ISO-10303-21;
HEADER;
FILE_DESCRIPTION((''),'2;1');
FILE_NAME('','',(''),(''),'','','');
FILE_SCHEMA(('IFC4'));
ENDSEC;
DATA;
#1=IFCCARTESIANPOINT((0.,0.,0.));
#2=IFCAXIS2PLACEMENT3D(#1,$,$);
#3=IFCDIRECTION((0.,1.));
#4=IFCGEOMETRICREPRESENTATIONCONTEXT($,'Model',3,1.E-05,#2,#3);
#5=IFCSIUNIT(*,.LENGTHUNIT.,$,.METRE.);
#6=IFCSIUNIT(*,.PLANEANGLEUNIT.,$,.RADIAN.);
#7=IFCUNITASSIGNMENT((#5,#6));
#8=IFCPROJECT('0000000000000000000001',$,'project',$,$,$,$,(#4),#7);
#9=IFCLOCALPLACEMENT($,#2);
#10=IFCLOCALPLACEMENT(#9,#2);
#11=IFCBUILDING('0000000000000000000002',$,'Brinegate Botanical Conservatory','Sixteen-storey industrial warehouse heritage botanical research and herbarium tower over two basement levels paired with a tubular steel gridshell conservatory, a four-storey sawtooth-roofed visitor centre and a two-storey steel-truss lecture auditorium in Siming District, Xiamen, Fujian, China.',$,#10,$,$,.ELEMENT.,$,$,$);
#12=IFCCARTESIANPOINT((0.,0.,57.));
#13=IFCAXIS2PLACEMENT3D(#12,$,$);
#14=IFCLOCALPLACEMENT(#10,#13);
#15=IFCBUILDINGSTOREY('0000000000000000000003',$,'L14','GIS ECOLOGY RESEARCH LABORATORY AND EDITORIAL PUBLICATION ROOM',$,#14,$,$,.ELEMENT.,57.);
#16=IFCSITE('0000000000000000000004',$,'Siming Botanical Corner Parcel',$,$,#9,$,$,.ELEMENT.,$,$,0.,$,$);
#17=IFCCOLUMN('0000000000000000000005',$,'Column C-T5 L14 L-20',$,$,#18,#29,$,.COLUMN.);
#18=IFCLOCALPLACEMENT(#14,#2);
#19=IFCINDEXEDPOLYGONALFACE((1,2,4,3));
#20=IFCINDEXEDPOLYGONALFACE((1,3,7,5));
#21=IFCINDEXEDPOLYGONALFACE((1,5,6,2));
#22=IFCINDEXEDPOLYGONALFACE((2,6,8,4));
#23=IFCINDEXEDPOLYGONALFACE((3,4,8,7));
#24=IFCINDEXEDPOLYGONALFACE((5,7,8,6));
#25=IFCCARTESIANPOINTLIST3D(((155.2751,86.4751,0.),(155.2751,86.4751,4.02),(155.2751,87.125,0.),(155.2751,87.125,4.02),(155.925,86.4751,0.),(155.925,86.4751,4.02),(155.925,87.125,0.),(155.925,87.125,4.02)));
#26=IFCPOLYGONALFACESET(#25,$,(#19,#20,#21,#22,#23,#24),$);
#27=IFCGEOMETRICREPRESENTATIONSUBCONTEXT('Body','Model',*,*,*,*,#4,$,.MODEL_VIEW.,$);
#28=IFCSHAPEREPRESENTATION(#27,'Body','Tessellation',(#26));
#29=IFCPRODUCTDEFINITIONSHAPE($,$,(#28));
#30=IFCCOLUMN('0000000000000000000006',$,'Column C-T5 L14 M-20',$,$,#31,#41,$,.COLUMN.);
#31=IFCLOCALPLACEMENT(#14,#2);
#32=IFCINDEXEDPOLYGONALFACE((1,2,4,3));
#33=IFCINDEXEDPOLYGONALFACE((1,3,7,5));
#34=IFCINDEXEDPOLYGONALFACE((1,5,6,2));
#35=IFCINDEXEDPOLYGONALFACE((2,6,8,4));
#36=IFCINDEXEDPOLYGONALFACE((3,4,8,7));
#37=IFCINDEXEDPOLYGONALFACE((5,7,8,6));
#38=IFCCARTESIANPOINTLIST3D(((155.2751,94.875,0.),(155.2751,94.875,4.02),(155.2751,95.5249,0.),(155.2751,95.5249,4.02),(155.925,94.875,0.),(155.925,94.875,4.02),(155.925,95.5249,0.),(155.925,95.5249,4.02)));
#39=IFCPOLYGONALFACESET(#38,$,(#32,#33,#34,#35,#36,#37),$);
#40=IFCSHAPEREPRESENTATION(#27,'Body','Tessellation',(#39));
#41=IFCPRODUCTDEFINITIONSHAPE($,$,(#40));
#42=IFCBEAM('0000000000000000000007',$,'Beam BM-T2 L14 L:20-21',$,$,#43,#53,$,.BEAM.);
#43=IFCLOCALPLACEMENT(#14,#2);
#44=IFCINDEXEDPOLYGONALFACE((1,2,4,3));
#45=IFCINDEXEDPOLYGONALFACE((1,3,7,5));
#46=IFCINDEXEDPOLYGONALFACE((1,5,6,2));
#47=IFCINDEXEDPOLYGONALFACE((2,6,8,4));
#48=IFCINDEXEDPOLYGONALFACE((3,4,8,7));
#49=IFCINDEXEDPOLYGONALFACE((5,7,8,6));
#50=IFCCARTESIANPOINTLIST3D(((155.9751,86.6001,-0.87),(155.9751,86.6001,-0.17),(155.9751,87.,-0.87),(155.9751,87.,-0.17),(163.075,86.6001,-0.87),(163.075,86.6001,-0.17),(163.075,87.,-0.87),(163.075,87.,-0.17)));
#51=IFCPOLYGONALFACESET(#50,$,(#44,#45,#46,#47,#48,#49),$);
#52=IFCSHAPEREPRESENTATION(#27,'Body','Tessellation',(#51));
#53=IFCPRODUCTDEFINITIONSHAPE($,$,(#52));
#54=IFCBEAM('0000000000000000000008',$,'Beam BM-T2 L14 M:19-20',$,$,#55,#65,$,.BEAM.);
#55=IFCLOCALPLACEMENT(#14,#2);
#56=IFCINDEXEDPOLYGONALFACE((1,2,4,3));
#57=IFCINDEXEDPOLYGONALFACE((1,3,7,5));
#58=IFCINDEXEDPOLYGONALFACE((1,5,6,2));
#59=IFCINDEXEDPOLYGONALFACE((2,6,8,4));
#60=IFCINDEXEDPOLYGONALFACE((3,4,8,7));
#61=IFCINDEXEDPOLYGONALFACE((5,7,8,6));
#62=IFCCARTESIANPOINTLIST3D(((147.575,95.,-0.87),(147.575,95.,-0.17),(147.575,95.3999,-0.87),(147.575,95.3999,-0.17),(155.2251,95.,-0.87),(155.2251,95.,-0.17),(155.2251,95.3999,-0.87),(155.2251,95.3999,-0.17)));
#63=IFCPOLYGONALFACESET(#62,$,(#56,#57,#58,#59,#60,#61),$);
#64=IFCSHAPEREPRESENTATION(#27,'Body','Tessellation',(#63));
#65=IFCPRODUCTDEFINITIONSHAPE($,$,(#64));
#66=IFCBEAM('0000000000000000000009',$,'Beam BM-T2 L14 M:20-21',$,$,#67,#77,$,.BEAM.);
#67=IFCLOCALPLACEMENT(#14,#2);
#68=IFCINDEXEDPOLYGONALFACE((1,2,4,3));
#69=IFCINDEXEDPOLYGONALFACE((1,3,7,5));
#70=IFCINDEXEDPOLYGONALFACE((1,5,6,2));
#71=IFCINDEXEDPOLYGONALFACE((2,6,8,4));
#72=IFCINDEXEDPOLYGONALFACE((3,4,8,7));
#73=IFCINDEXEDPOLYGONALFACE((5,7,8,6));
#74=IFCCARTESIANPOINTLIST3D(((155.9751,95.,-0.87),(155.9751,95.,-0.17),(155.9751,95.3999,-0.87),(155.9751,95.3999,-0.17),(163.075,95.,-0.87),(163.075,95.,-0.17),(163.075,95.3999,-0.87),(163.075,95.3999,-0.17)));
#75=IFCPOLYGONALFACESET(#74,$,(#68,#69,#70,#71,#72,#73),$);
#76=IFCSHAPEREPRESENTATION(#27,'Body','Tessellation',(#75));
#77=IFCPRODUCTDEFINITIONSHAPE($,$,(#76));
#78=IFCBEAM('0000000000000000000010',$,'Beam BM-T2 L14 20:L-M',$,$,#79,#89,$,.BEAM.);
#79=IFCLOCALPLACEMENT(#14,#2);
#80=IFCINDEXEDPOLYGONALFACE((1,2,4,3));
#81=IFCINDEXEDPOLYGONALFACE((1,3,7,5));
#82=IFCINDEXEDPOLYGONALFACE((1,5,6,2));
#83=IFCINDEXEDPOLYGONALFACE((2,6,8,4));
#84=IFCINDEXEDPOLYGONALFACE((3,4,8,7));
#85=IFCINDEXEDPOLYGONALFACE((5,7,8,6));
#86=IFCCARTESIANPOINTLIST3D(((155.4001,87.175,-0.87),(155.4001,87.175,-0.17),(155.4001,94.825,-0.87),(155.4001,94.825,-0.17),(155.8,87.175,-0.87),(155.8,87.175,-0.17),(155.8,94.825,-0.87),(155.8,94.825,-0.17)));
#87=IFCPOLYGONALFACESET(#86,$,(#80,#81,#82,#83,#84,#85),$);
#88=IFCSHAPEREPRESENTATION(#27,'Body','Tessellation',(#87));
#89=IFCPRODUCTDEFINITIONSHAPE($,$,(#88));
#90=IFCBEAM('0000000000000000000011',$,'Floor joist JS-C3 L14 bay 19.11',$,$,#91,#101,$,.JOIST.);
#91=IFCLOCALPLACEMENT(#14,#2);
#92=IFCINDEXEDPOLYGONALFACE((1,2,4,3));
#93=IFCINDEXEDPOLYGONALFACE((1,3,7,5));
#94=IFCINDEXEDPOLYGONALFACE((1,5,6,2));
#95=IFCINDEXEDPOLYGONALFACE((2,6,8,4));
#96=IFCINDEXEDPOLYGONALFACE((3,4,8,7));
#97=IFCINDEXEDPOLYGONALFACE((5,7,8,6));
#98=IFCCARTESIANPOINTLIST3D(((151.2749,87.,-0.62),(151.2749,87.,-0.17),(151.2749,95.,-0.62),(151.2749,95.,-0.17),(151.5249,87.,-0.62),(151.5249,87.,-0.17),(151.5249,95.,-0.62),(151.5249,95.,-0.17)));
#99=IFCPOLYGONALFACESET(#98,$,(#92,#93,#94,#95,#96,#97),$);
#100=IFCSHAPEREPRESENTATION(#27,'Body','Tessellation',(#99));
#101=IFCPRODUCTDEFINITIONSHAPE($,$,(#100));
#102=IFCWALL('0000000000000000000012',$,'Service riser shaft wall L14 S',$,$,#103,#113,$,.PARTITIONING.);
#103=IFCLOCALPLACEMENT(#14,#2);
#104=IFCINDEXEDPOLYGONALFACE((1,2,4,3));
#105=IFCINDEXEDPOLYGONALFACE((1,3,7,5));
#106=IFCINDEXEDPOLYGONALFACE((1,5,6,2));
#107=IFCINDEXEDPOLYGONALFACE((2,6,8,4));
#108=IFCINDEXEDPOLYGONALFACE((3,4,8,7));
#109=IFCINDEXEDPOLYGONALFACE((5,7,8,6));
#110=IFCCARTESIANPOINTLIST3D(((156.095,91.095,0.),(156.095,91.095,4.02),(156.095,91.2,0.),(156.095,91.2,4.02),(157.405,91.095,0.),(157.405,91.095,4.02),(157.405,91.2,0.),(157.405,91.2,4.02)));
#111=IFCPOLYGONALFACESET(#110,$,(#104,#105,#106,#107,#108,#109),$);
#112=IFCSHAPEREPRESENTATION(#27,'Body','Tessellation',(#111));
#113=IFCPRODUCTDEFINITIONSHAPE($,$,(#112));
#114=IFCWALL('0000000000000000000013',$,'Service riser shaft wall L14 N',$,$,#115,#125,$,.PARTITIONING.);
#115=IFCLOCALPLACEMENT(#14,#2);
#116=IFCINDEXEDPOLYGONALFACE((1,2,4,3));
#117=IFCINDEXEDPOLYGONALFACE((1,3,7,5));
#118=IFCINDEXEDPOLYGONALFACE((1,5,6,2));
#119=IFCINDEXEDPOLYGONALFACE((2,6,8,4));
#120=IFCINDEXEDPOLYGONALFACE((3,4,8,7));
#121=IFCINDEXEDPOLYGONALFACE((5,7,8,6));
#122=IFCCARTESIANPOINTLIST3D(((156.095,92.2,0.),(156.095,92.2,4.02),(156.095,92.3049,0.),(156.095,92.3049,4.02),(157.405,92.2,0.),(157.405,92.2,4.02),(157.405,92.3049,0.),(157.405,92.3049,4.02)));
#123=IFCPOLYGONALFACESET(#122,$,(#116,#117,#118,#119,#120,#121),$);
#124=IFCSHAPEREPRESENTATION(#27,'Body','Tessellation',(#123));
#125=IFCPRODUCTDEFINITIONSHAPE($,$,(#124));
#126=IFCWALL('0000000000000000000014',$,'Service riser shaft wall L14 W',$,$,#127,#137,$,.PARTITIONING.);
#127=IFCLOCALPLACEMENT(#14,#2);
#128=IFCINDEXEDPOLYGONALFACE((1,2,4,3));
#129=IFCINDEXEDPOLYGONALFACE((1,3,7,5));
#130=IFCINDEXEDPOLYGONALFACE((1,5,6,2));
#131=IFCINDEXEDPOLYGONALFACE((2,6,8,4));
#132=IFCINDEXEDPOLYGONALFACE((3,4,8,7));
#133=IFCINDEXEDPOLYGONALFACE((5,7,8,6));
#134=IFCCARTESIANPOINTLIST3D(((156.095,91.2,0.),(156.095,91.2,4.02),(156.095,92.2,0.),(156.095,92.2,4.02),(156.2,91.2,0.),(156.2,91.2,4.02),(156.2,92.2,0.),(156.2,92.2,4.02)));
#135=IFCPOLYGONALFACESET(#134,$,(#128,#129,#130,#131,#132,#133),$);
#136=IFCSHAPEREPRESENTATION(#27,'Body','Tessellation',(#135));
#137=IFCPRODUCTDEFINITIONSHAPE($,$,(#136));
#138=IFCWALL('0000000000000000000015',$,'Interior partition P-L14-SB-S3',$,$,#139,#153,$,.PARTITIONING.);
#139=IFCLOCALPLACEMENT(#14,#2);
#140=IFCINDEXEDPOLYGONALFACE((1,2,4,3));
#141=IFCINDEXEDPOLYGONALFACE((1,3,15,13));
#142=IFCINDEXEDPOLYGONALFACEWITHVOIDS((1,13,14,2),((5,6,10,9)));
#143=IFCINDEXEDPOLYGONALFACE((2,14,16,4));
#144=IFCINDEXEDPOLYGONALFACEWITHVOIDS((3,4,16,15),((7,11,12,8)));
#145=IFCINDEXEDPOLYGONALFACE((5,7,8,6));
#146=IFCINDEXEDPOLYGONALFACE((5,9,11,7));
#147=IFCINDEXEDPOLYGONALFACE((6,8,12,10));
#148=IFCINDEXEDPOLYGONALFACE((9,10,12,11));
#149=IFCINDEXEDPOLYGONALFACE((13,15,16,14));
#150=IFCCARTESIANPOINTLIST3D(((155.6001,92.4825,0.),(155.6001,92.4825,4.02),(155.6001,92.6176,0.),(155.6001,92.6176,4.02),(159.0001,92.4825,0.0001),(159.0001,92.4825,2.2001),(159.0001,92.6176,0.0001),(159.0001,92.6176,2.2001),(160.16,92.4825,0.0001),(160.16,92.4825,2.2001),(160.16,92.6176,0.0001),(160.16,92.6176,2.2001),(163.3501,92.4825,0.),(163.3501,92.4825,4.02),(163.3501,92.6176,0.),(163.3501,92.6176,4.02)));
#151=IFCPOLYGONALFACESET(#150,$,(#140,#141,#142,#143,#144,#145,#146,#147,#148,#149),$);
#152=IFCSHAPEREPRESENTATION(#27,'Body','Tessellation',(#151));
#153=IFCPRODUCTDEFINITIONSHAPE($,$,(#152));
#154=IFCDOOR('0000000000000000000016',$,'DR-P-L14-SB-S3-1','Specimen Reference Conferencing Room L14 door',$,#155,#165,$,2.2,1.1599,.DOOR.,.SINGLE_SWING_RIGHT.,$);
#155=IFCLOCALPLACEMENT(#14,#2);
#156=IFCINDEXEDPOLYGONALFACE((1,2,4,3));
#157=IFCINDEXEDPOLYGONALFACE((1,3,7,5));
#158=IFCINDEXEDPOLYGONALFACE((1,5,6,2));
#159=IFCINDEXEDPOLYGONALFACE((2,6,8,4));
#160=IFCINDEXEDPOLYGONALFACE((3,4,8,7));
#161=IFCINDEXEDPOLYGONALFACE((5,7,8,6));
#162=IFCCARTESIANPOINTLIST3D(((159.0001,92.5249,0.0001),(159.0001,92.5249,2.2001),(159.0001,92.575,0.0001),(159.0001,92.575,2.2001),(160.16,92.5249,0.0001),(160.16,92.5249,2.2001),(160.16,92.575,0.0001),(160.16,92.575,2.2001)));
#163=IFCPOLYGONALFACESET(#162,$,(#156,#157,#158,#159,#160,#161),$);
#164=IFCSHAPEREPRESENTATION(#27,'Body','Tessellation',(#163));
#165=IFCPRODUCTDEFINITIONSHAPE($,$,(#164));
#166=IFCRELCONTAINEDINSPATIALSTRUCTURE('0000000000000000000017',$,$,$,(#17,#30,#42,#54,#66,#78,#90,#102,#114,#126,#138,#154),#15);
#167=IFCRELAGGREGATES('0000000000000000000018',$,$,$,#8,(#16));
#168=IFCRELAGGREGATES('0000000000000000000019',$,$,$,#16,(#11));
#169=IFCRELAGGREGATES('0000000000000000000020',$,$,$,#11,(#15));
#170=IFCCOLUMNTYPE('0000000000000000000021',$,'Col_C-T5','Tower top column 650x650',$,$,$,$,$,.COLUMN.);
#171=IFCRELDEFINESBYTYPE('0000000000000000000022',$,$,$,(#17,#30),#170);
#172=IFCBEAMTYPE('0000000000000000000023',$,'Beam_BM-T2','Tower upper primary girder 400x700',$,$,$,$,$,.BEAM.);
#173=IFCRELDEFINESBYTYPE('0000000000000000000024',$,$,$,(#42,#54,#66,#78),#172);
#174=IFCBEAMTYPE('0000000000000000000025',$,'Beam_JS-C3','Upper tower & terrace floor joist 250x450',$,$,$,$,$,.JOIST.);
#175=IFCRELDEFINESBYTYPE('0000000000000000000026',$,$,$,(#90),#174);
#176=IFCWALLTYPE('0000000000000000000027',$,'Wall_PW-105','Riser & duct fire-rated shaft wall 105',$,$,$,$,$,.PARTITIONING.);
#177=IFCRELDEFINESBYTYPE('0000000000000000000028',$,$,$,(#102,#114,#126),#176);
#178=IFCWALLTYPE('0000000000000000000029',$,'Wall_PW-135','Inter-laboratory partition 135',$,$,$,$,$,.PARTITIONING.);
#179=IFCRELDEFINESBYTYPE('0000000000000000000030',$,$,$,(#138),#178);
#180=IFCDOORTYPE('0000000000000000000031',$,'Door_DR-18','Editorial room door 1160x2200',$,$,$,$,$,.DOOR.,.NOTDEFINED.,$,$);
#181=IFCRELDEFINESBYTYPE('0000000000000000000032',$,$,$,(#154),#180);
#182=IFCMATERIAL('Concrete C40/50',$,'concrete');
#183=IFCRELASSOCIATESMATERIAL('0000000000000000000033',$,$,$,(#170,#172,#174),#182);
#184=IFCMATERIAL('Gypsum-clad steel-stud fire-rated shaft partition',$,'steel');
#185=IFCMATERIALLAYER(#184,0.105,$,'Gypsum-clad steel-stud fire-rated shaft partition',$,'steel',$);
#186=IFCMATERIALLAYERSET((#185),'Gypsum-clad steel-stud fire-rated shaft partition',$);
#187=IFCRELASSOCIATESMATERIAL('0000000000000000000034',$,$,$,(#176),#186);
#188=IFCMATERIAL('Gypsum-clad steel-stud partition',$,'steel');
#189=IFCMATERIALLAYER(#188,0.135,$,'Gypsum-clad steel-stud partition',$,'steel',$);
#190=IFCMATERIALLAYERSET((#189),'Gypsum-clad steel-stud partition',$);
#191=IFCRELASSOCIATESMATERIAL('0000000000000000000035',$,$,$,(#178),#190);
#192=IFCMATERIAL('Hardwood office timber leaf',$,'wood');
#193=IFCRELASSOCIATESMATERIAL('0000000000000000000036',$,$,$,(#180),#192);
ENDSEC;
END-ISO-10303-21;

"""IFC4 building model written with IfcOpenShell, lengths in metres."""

from ifc_helpers import new_model, si_unit, direction, frame, frame_2d, origin, origin_2d, place, context, subcontext, project, spatial, rectangle, extrude, material, layer, layer_set, material_profile, profile_set, type_object, element, fill, save


model = new_model("IFC4")

# Units and contexts
model_context = context("Model", 3, precision=1e-05, world=origin(), true_north=direction((0.0, 1.0)))
body_context = subcontext(model_context, "Body", "Model", "MODEL_VIEW")
ifc_project = project(units=[si_unit("LENGTHUNIT", "METRE"), si_unit("PLANEANGLEUNIT", "RADIAN")], contexts=[model_context])

# Site, building, storey
site_placement = place(None, origin())
site = spatial("IfcSite", under=ifc_project, at=site_placement, Name="Siming Botanical Corner Parcel", CompositionType="ELEMENT", RefElevation=0.0)
building_placement = place(site_placement, origin())
building = spatial("IfcBuilding", under=site, at=building_placement, Name="Brinegate Botanical Conservatory", Description="Sixteen-storey industrial warehouse heritage botanical research and herbarium tower over two basement levels paired with a tubular steel gridshell conservatory, a four-storey sawtooth-roofed visitor centre and a two-storey steel-truss lecture auditorium in Siming District, Xiamen, Fujian, China.", CompositionType="ELEMENT")
storey_placement = place(building_placement, frame((0.0, 0.0, 57.0)))
storey = spatial("IfcBuildingStorey", under=building, at=storey_placement, Name="L14", Description="GIS ECOLOGY RESEARCH LABORATORY AND EDITORIAL PUBLICATION ROOM", CompositionType="ELEMENT", Elevation=57.0)

# Columns
ifc_material_1 = material(Name="Concrete C40/50", Category="concrete")
ifc_material_profile_1 = material_profile(ifc_material_1, rectangle(XDim=0.6499, YDim=0.6499, at=origin_2d()), Name="RC COL 650x650")
ifc_profile_set_1 = profile_set([ifc_material_profile_1], Name="Concrete C40/50")
column_type = type_object("IfcColumnType", Name="Col_C-T5", Description="Tower top column 650x650", PredefinedType="COLUMN", material=ifc_profile_set_1)
for number, where, z_axis, x_axis, name in (
    (1, (155.6001, 86.8, 0.0), (0.0, 0.0, 1.0), (1.0, 0.0, 0.0), "Column C-T5 L14 L-20"),
    (2, (155.6001, 95.2, 0.0), (0.0, 0.0, 1.0), (1.0, 0.0, 0.0), "Column C-T5 L14 M-20"),
):
    element("IfcColumn", number, at=place(storey_placement, frame(where, z_axis=z_axis, x_axis=x_axis)), inside=storey, type_object=column_type, Name=name, PredefinedType="COLUMN", context=body_context, shape_type="SweptSolid", body=[
        extrude(rectangle(XDim=0.6499, YDim=0.6499, at=origin_2d()), origin(), (0.0, 0.0, 1.0), 4.02),
    ])

# Beams
ifc_material_profile_2 = material_profile(ifc_material_1, rectangle(XDim=0.3999, YDim=0.7, at=origin_2d()), Name="RC BM 400x700")
ifc_profile_set_2 = profile_set([ifc_material_profile_2], Name="Concrete C40/50")
beam_type_1 = type_object("IfcBeamType", Name="Beam_BM-T2", Description="Tower upper primary girder 400x700", PredefinedType="BEAM", material=ifc_profile_set_2)
beam_1_placement = place(storey_placement, frame((155.9751, 86.8, -0.52), z_axis=(1.0, 0.0, 0.0), x_axis=(0.0, 1.0, 0.0)))
element("IfcBeam", 3, at=beam_1_placement, inside=storey, type_object=beam_type_1, Name="Beam BM-T2 L14 L:20-21", PredefinedType="BEAM", context=body_context, shape_type="SweptSolid", body=[
    extrude(rectangle(XDim=0.3999, YDim=0.7, at=origin_2d()), origin(), (0.0, 0.0, 1.0), 7.0999),
])
beam_2_placement = place(storey_placement, frame((147.575, 95.2, -0.52), z_axis=(1.0, 0.0, 0.0), x_axis=(0.0, 1.0, 0.0)))
element("IfcBeam", 4, at=beam_2_placement, inside=storey, type_object=beam_type_1, Name="Beam BM-T2 L14 M:19-20", PredefinedType="BEAM", context=body_context, shape_type="SweptSolid", body=[
    extrude(rectangle(XDim=0.3999, YDim=0.7, at=origin_2d()), origin(), (0.0, 0.0, 1.0), 7.6501),
])
beam_3_placement = place(storey_placement, frame((155.9751, 95.2, -0.52), z_axis=(1.0, 0.0, 0.0), x_axis=(0.0, 1.0, 0.0)))
element("IfcBeam", 5, at=beam_3_placement, inside=storey, type_object=beam_type_1, Name="Beam BM-T2 L14 M:20-21", PredefinedType="BEAM", context=body_context, shape_type="SweptSolid", body=[
    extrude(rectangle(XDim=0.3999, YDim=0.7, at=origin_2d()), origin(), (0.0, 0.0, 1.0), 7.0999),
])
beam_4_placement = place(storey_placement, frame((155.6001, 87.175, -0.52), z_axis=(0.0, 1.0, 0.0), x_axis=(-1.0, 0.0, 0.0)))
element("IfcBeam", 6, at=beam_4_placement, inside=storey, type_object=beam_type_1, Name="Beam BM-T2 L14 20:L-M", PredefinedType="BEAM", context=body_context, shape_type="SweptSolid", body=[
    extrude(rectangle(XDim=0.3999, YDim=0.7, at=origin_2d()), origin(), (0.0, 0.0, 1.0), 7.6499),
])
ifc_material_profile_3 = material_profile(ifc_material_1, rectangle(XDim=0.25, YDim=0.45, at=origin_2d()), Name="RC JST 250x450")
ifc_profile_set_3 = profile_set([ifc_material_profile_3], Name="Concrete C40/50")
beam_type_2 = type_object("IfcBeamType", Name="Beam_JS-C3", Description="Upper tower & terrace floor joist 250x450", PredefinedType="JOIST", material=ifc_profile_set_3)
beam_5_placement = place(storey_placement, frame((151.3999, 87.0, -0.395), z_axis=(0.0, 1.0, 0.0), x_axis=(-1.0, 0.0, 0.0)))
element("IfcBeam", 7, at=beam_5_placement, inside=storey, type_object=beam_type_2, Name="Floor joist JS-C3 L14 bay 19.11", PredefinedType="JOIST", context=body_context, shape_type="SweptSolid", body=[
    extrude(rectangle(XDim=0.25, YDim=0.45, at=origin_2d()), origin(), (0.0, 0.0, 1.0), 8.0),
])

# Walls
ifc_material_2 = material(Name="Gypsum-clad steel-stud fire-rated shaft partition", Category="steel")
ifc_layer_1 = layer(ifc_material_2, 0.105, Name="Gypsum-clad steel-stud fire-rated shaft partition", Category="steel")
ifc_layer_set_1 = layer_set([ifc_layer_1], Name="Gypsum-clad steel-stud fire-rated shaft partition")
wall_type_1 = type_object("IfcWallType", Name="Wall_PW-105", Description="Riser & duct fire-rated shaft wall 105", PredefinedType="PARTITIONING", material=ifc_layer_set_1)
for number, where, z_axis, x_axis, name in (
    (8, (156.095, 91.1475, 0.0), (0.0, 0.0, 1.0), (1.0, 0.0, 0.0), "Service riser shaft wall L14 S"),
    (9, (156.095, 92.2524, 0.0), (0.0, 0.0, 1.0), (1.0, 0.0, 0.0), "Service riser shaft wall L14 N"),
):
    element("IfcWall", number, at=place(storey_placement, frame(where, z_axis=z_axis, x_axis=x_axis)), inside=storey, type_object=wall_type_1, Name=name, PredefinedType="PARTITIONING", context=body_context, shape_type="SweptSolid", body=[
        extrude(rectangle(XDim=1.3101, YDim=0.105, at=frame_2d((0.655, 0.0))), origin(), (0.0, 0.0, 1.0), 4.02),
    ])
wall_1_placement = place(storey_placement, frame((156.1475, 91.2, 0.0), z_axis=(0.0, 0.0, 1.0), x_axis=(0.0, 1.0, 0.0)))
element("IfcWall", 10, at=wall_1_placement, inside=storey, type_object=wall_type_1, Name="Service riser shaft wall L14 W", PredefinedType="PARTITIONING", context=body_context, shape_type="SweptSolid", body=[
    extrude(rectangle(XDim=1.0, YDim=0.105, at=frame_2d((0.5, 0.0))), origin(), (0.0, 0.0, 1.0), 4.02),
])

# Wall, opening, door
ifc_material_3 = material(Name="Gypsum-clad steel-stud partition", Category="steel")
ifc_layer_2 = layer(ifc_material_3, 0.135, Name="Gypsum-clad steel-stud partition", Category="steel")
ifc_layer_set_2 = layer_set([ifc_layer_2], Name="Gypsum-clad steel-stud partition")
wall_type_2 = type_object("IfcWallType", Name="Wall_PW-135", Description="Inter-laboratory partition 135", PredefinedType="PARTITIONING", material=ifc_layer_set_2)
wall_2_placement = place(storey_placement, frame((155.6001, 92.55, 0.0), z_axis=(0.0, 0.0, 1.0), x_axis=(1.0, 0.0, 0.0)))
wall_2 = element("IfcWall", 11, at=wall_2_placement, inside=storey, type_object=wall_type_2, Name="Interior partition P-L14-SB-S3", PredefinedType="PARTITIONING", context=body_context, shape_type="SweptSolid", body=[
    extrude(rectangle(XDim=7.75, YDim=0.135, at=frame_2d((3.875, 0.0))), origin(), (0.0, 0.0, 1.0), 4.02),
])
opening_1_placement = place(wall_2_placement, frame((3.3999, 0.0, 0.0)))
opening_1 = element("IfcOpeningElement", 12, at=opening_1_placement, cuts=wall_2, PredefinedType="OPENING", context=body_context, shape_type="SweptSolid", body=[
    extrude(rectangle(XDim=1.1599, YDim=2.2, at=frame_2d((0.5801, 1.1001))), frame((0.0, 0.0774, 0.0), z_axis=(0.0, -1.0, 0.0), x_axis=(1.0, 0.0, 0.0)), (0.0, 0.0, 1.0), 0.155),
])
ifc_material_4 = material(Name="Hardwood office timber leaf", Category="wood")
door_type_1 = type_object("IfcDoorType", Name="Door_DR-18", Description="Editorial room door 1160x2200", OperationType="NOTDEFINED", PredefinedType="DOOR", material=ifc_material_4)
door_1_placement = place(opening_1_placement, origin())
door_1 = element("IfcDoor", 13, at=door_1_placement, inside=storey, type_object=door_type_1, Name="DR-P-L14-SB-S3-1", Description="Specimen Reference Conferencing Room L14 door", OperationType="SINGLE_SWING_RIGHT", OverallHeight=2.2, OverallWidth=1.1599, PredefinedType="DOOR", context=body_context, shape_type="SweptSolid", body=[
    extrude(rectangle(XDim=1.1599, YDim=2.2, at=frame_2d((0.5801, 1.1001))), frame((0.0, 0.0249, 0.0), z_axis=(0.0, -1.0, 0.0), x_axis=(1.0, 0.0, 0.0)), (0.0, 0.0, 1.0), 0.05),
])
fill(opening_1, door_1)

save(model, "model.ifc")
